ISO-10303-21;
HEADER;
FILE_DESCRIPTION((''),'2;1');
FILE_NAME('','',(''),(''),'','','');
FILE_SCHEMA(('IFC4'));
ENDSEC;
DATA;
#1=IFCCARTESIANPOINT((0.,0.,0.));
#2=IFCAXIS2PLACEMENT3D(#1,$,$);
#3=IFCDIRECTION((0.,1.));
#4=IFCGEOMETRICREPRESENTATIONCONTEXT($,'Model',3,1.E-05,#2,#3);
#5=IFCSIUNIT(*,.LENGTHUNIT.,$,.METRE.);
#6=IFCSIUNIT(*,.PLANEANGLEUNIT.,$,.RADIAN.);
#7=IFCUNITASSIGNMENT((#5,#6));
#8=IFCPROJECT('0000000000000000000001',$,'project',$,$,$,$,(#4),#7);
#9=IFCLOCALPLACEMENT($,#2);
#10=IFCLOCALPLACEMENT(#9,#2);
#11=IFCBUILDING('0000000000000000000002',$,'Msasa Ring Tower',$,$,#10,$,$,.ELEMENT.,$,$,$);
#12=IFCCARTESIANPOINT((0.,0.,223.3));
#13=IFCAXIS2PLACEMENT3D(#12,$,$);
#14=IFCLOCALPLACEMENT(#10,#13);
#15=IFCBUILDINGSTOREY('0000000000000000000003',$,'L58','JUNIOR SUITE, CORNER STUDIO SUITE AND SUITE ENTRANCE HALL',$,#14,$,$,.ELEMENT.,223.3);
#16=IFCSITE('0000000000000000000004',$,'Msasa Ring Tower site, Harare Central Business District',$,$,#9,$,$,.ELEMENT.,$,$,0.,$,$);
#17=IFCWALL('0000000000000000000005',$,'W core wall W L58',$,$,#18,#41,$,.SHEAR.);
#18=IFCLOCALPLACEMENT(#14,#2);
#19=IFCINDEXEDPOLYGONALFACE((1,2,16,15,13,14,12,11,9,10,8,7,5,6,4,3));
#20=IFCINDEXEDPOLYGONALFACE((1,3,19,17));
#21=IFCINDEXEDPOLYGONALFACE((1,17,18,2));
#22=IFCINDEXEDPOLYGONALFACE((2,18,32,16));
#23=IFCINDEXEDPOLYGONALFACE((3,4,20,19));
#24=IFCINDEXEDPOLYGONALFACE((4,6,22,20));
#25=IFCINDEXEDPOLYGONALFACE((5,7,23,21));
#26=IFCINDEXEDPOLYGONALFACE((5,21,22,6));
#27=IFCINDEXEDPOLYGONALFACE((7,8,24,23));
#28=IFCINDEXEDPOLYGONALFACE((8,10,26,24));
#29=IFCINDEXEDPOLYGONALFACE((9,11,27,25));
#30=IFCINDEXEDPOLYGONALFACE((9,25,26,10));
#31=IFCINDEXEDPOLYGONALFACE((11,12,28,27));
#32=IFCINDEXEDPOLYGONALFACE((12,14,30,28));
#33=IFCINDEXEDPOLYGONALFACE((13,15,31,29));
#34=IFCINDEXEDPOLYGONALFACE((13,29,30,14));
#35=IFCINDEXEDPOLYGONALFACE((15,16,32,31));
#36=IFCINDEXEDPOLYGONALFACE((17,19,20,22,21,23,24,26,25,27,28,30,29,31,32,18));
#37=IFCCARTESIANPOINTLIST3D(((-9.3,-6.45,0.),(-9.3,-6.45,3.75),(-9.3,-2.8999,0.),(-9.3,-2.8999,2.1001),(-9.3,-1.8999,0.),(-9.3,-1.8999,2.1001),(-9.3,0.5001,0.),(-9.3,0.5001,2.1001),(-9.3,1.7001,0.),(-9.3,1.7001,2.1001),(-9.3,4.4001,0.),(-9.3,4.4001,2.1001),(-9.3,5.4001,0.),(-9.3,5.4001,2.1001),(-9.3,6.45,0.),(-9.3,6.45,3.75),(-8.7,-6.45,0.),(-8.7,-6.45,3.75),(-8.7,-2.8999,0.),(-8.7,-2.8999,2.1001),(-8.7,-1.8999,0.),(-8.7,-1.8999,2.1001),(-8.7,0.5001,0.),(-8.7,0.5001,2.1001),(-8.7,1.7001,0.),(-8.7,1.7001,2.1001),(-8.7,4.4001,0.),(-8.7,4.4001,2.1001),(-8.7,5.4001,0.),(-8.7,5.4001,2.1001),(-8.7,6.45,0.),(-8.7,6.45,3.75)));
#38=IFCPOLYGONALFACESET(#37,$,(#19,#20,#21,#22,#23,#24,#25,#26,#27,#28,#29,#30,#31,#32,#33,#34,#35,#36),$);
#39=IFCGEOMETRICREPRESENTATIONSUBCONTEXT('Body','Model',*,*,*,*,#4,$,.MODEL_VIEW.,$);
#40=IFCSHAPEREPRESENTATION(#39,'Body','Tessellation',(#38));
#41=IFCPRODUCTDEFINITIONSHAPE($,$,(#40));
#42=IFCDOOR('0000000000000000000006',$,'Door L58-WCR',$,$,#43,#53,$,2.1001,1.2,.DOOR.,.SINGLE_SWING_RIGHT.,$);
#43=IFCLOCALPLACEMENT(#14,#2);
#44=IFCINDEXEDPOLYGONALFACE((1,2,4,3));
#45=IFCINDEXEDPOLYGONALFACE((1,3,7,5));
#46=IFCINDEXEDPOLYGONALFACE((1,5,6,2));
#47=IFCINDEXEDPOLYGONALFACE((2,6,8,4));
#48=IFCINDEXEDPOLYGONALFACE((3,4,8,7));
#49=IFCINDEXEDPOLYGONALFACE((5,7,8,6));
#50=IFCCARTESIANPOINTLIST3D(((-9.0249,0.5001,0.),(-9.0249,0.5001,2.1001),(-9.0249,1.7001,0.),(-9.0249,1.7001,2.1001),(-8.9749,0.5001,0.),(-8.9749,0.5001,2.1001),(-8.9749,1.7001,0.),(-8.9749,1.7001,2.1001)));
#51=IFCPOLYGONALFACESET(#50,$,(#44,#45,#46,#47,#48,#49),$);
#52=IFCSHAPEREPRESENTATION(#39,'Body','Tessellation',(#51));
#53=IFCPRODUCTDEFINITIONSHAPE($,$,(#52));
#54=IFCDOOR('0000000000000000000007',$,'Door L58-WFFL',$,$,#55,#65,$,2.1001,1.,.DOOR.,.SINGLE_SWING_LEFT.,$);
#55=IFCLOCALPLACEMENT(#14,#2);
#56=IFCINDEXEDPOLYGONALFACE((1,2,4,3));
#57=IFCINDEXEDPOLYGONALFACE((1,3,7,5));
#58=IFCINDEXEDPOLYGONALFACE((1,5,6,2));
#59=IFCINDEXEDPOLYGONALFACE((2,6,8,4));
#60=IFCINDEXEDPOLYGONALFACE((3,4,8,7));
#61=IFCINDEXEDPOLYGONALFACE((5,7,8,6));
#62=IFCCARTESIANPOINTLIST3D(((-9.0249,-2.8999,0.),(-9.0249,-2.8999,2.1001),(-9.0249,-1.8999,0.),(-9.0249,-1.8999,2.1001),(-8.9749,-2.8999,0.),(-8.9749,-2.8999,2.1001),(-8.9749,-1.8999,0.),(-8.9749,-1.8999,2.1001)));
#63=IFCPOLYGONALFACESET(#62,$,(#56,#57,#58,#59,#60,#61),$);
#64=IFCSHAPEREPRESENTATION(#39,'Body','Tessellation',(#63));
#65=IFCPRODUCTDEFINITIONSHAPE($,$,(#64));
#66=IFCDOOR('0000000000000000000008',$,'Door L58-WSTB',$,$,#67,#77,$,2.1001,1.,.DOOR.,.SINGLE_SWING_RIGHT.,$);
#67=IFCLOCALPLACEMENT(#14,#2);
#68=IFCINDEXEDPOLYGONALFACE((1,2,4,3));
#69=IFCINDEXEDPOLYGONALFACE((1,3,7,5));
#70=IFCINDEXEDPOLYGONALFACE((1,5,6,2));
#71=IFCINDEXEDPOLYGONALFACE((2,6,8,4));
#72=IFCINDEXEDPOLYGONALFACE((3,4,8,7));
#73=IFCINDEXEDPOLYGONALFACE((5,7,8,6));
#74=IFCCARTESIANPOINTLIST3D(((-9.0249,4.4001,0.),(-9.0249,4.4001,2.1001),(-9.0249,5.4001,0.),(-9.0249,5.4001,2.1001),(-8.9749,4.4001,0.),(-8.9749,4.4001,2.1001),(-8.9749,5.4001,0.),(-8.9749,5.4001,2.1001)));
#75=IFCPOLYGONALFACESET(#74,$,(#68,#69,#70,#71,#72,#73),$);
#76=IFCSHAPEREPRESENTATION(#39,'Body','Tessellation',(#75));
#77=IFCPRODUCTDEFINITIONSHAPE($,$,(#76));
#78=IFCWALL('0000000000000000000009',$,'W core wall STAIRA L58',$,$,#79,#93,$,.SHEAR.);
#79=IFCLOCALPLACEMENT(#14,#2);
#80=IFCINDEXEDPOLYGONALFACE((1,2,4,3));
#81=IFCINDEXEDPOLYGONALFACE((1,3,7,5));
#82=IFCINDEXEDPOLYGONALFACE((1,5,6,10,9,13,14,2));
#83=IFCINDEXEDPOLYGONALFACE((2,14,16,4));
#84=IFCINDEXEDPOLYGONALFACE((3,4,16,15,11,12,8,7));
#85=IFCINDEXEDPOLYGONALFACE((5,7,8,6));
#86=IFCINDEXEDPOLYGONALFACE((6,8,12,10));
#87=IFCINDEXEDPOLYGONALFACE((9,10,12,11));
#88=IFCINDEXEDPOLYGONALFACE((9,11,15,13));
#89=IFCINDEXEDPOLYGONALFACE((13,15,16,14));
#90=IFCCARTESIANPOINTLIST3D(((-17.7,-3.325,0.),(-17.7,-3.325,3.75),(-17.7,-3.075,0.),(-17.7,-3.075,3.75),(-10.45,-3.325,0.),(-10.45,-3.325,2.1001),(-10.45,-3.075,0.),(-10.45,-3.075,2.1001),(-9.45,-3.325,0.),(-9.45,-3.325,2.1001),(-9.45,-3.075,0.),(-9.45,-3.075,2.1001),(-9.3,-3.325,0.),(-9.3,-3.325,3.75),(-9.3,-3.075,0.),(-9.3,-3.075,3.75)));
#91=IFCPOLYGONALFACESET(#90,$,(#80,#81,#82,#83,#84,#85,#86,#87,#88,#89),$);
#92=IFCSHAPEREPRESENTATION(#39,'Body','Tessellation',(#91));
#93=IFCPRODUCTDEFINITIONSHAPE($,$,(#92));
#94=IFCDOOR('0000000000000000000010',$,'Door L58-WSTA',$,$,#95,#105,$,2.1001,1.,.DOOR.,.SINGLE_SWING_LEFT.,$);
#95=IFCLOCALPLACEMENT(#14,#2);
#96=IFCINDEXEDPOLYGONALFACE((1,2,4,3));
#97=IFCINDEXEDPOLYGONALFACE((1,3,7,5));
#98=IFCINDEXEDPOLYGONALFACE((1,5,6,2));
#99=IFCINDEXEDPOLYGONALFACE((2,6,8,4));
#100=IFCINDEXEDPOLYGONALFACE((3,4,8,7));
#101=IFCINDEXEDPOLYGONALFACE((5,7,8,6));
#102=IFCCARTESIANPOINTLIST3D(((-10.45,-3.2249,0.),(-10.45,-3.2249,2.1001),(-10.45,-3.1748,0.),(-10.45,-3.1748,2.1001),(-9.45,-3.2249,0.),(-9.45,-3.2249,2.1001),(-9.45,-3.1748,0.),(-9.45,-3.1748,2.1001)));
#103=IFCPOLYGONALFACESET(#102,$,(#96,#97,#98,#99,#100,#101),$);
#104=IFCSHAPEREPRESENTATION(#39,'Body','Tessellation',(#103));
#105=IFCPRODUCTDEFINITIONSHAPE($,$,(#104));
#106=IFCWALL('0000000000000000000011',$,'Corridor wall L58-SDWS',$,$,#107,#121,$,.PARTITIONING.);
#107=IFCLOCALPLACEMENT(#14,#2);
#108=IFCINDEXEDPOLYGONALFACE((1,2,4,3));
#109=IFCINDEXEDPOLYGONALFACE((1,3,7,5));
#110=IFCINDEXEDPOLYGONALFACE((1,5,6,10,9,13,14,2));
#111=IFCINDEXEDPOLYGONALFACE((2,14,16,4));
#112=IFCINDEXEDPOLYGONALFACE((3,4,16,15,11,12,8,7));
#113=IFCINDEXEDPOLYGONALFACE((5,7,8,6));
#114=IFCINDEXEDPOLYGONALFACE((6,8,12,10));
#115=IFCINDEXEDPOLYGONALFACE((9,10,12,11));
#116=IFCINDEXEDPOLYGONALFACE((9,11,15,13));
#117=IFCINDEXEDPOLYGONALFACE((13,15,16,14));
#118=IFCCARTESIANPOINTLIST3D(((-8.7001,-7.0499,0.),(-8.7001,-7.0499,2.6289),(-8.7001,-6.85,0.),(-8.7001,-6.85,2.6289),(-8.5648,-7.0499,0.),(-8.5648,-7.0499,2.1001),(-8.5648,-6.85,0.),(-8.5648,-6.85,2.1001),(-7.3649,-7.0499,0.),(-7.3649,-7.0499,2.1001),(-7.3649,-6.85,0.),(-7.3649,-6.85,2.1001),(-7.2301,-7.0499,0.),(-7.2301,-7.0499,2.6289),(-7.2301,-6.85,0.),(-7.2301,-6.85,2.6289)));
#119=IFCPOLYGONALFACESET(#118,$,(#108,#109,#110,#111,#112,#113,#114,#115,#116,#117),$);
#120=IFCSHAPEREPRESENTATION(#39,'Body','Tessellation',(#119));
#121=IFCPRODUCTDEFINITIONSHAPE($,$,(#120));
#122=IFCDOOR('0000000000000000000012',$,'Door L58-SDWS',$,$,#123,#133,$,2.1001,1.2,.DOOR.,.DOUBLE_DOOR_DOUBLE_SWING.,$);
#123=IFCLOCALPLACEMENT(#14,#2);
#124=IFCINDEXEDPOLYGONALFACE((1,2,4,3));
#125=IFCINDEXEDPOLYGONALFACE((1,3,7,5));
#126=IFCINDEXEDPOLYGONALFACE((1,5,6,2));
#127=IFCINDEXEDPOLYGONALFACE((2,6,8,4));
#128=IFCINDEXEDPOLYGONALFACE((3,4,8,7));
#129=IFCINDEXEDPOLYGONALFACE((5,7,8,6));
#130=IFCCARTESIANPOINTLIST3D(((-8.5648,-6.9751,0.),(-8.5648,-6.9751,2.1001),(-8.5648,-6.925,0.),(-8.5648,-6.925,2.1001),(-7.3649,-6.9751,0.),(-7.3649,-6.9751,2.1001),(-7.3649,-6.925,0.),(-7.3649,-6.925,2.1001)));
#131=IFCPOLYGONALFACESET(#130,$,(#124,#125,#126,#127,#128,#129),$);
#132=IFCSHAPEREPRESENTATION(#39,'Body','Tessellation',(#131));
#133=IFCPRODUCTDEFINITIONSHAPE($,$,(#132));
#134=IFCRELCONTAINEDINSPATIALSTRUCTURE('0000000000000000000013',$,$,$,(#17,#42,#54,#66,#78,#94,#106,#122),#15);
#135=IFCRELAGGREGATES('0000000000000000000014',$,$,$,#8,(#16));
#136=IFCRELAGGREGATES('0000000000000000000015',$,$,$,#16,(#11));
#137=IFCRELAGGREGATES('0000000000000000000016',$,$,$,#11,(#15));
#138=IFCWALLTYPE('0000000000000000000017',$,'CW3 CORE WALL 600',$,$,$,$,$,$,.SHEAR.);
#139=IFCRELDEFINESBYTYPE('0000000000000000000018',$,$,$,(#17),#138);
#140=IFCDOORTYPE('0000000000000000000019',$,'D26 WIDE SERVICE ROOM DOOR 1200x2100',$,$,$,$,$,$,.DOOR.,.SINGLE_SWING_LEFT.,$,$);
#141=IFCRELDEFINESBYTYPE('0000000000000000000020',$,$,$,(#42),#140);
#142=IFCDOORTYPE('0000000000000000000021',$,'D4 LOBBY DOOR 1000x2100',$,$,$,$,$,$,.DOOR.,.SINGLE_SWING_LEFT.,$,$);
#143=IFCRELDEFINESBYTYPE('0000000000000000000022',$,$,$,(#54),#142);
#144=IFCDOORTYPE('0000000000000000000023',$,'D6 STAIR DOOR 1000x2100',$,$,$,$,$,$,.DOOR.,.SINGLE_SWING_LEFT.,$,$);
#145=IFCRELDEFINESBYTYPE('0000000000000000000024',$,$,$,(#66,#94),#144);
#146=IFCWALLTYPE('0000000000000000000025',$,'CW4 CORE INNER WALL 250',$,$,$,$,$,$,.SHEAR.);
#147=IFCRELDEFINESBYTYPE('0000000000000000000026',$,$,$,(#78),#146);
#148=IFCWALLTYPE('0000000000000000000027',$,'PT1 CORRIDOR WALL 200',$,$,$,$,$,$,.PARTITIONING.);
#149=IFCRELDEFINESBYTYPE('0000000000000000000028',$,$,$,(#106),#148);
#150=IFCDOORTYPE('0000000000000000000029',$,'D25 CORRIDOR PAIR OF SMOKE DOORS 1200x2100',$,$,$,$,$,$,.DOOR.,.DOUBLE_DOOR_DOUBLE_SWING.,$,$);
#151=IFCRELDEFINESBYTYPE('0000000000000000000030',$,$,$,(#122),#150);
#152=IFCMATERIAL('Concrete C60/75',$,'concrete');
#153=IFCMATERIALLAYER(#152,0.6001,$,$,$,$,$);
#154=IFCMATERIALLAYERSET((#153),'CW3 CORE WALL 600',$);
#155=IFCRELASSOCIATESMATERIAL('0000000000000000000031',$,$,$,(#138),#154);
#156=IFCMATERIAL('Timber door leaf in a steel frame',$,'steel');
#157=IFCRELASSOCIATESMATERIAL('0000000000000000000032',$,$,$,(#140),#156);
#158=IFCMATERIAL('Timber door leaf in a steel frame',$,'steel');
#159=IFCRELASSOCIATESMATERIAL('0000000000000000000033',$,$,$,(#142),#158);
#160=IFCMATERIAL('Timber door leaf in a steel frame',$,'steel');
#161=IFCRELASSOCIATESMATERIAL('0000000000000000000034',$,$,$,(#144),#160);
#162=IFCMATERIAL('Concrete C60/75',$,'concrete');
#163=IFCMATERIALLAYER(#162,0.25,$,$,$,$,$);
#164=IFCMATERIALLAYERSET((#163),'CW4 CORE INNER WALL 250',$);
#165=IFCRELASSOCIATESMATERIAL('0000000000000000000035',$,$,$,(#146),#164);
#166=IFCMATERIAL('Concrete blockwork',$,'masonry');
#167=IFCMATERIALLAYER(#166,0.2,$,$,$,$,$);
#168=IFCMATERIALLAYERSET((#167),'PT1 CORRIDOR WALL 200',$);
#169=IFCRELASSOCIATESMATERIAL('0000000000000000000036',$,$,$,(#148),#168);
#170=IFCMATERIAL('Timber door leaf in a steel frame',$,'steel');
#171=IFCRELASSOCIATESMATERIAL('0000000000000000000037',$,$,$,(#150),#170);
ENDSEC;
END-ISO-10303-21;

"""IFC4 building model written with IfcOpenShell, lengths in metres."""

from ifc_helpers import new_model, si_unit, direction, frame, frame_2d, origin, place, context, subcontext, project, spatial, rectangle, extrude, material, layer, layer_set, type_object, element, fill, save


model = new_model("IFC4")

# Units and contexts
model_context = context("Model", 3, precision=1e-05, world=origin(), true_north=direction((0.0, 1.0)))
body_context = subcontext(model_context, "Body", "Model", "MODEL_VIEW")
ifc_project = project(units=[si_unit("LENGTHUNIT", "METRE"), si_unit("PLANEANGLEUNIT", "RADIAN")], contexts=[model_context])

# Site, building, storey
site_placement = place(None, origin())
site = spatial("IfcSite", under=ifc_project, at=site_placement, Name="Msasa Ring Tower site, Harare Central Business District", CompositionType="ELEMENT", RefElevation=0.0)
building_placement = place(site_placement, origin())
building = spatial("IfcBuilding", under=site, at=building_placement, Name="Msasa Ring Tower", CompositionType="ELEMENT")
storey_placement = place(building_placement, frame((0.0, 0.0, 223.3)))
storey = spatial("IfcBuildingStorey", under=building, at=storey_placement, Name="L58", Description="JUNIOR SUITE, CORNER STUDIO SUITE AND SUITE ENTRANCE HALL", CompositionType="ELEMENT", Elevation=223.3)

# Shared definitions
ifc_material_1 = material(Name="Concrete C60/75", Category="concrete")
ifc_layer_1 = layer(ifc_material_1, 0.6001)
ifc_layer_set_1 = layer_set([ifc_layer_1], Name="CW3 CORE WALL 600")
wall_type_1 = type_object("IfcWallType", Name="CW3 CORE WALL 600", PredefinedType="SHEAR", material=ifc_layer_set_1)

# Wall, openings, doors
wall_1_placement = place(storey_placement, frame((-9.0, -6.45, 0.0), z_axis=(0.0, 0.0, 1.0), x_axis=(0.0, 1.0, 0.0)))
wall_1 = element("IfcWall", 1, at=wall_1_placement, inside=storey, type_object=wall_type_1, Name="W core wall W L58", PredefinedType="SHEAR", context=body_context, shape_type="SweptSolid", body=[
    extrude(rectangle(XDim=12.8999, YDim=0.6001, at=frame_2d((6.45, 0.0))), origin(), (0.0, 0.0, 1.0), 3.75),
])
opening_1_placement = place(wall_1_placement, frame((3.55, 0.0, 0.0)))
opening_1 = element("IfcOpeningElement", 2, at=opening_1_placement, cuts=wall_1, PredefinedType="OPENING", context=body_context, shape_type="SweptSolid", body=[
    extrude(rectangle(XDim=1.0, YDim=2.1001, at=frame_2d((0.5, 1.05))), frame((0.0, 0.3101, 0.0), z_axis=(0.0, -1.0, 0.0), x_axis=(1.0, 0.0, 0.0)), (0.0, 0.0, 1.0), 0.6201),
])
opening_2_placement = place(wall_1_placement, frame((6.95, 0.0, 0.0)))
opening_2 = element("IfcOpeningElement", 3, at=opening_2_placement, cuts=wall_1, PredefinedType="OPENING", context=body_context, shape_type="SweptSolid", body=[
    extrude(rectangle(XDim=1.2, YDim=2.1001, at=frame_2d((0.6001, 1.05))), frame((0.0, 0.3101, 0.0), z_axis=(0.0, -1.0, 0.0), x_axis=(1.0, 0.0, 0.0)), (0.0, 0.0, 1.0), 0.6201),
])
opening_3_placement = place(wall_1_placement, frame((10.8501, 0.0, 0.0)))
opening_3 = element("IfcOpeningElement", 4, at=opening_3_placement, cuts=wall_1, PredefinedType="OPENING", context=body_context, shape_type="SweptSolid", body=[
    extrude(rectangle(XDim=1.0, YDim=2.1001, at=frame_2d((0.5, 1.05))), frame((0.0, 0.3101, 0.0), z_axis=(0.0, -1.0, 0.0), x_axis=(1.0, 0.0, 0.0)), (0.0, 0.0, 1.0), 0.6201),
])
ifc_material_2 = material(Name="Timber door leaf in a steel frame", Category="steel")
door_type_1 = type_object("IfcDoorType", Name="D26 WIDE SERVICE ROOM DOOR 1200x2100", OperationType="SINGLE_SWING_LEFT", PredefinedType="DOOR", material=ifc_material_2)
door_1_placement = place(opening_2_placement, origin())
door_1 = element("IfcDoor", 5, at=door_1_placement, inside=storey, type_object=door_type_1, Name="Door L58-WCR", OperationType="SINGLE_SWING_RIGHT", OverallHeight=2.1001, OverallWidth=1.2, PredefinedType="DOOR", context=body_context, shape_type="SweptSolid", body=[
    extrude(rectangle(XDim=1.2, YDim=2.1001, at=frame_2d((0.6001, 1.05))), frame((0.0, 0.0249, 0.0), z_axis=(0.0, -1.0, 0.0), x_axis=(1.0, 0.0, 0.0)), (0.0, 0.0, 1.0), 0.05),
])
fill(opening_2, door_1)
ifc_material_3 = material(Name="Timber door leaf in a steel frame", Category="steel")
door_type_2 = type_object("IfcDoorType", Name="D4 LOBBY DOOR 1000x2100", OperationType="SINGLE_SWING_LEFT", PredefinedType="DOOR", material=ifc_material_3)
door_2_placement = place(opening_1_placement, origin())
door_2 = element("IfcDoor", 6, at=door_2_placement, inside=storey, type_object=door_type_2, Name="Door L58-WFFL", OperationType="SINGLE_SWING_LEFT", OverallHeight=2.1001, OverallWidth=1.0, PredefinedType="DOOR", context=body_context, shape_type="SweptSolid", body=[
    extrude(rectangle(XDim=1.0, YDim=2.1001, at=frame_2d((0.5, 1.05))), frame((0.0, 0.0249, 0.0), z_axis=(0.0, -1.0, 0.0), x_axis=(1.0, 0.0, 0.0)), (0.0, 0.0, 1.0), 0.05),
])
fill(opening_1, door_2)
ifc_material_4 = material(Name="Timber door leaf in a steel frame", Category="steel")
door_type_3 = type_object("IfcDoorType", Name="D6 STAIR DOOR 1000x2100", OperationType="SINGLE_SWING_LEFT", PredefinedType="DOOR", material=ifc_material_4)
door_3_placement = place(opening_3_placement, origin())
door_3 = element("IfcDoor", 7, at=door_3_placement, inside=storey, type_object=door_type_3, Name="Door L58-WSTB", OperationType="SINGLE_SWING_RIGHT", OverallHeight=2.1001, OverallWidth=1.0, PredefinedType="DOOR", context=body_context, shape_type="SweptSolid", body=[
    extrude(rectangle(XDim=1.0, YDim=2.1001, at=frame_2d((0.5, 1.05))), frame((0.0, 0.0249, 0.0), z_axis=(0.0, -1.0, 0.0), x_axis=(1.0, 0.0, 0.0)), (0.0, 0.0, 1.0), 0.05),
])
fill(opening_3, door_3)

# Walls, openings, doors
ifc_material_5 = material(Name="Concrete C60/75", Category="concrete")
ifc_layer_2 = layer(ifc_material_5, 0.25)
ifc_layer_set_2 = layer_set([ifc_layer_2], Name="CW4 CORE INNER WALL 250")
wall_type_2 = type_object("IfcWallType", Name="CW4 CORE INNER WALL 250", PredefinedType="SHEAR", material=ifc_layer_set_2)
wall_2_placement = place(storey_placement, frame((-9.3, -3.2, 0.0), z_axis=(0.0, 0.0, 1.0), x_axis=(-1.0, 0.0, 0.0)))
wall_2 = element("IfcWall", 8, at=wall_2_placement, inside=storey, type_object=wall_type_2, Name="W core wall STAIRA L58", PredefinedType="SHEAR", context=body_context, shape_type="SweptSolid", body=[
    extrude(rectangle(XDim=8.3999, YDim=0.25, at=frame_2d((4.2, 0.0))), origin(), (0.0, 0.0, 1.0), 3.75),
])
opening_4_placement = place(wall_2_placement, frame((0.1499, 0.0, 0.0)))
opening_4 = element("IfcOpeningElement", 9, at=opening_4_placement, cuts=wall_2, PredefinedType="OPENING", context=body_context, shape_type="SweptSolid", body=[
    extrude(rectangle(XDim=1.0, YDim=2.1001, at=frame_2d((0.5, 1.05))), frame((0.0, 0.135, 0.0), z_axis=(0.0, -1.0, 0.0), x_axis=(1.0, 0.0, 0.0)), (0.0, 0.0, 1.0), 0.27),
])
door_4_placement = place(opening_4_placement, origin())
door_4 = element("IfcDoor", 10, at=door_4_placement, inside=storey, type_object=door_type_3, Name="Door L58-WSTA", OperationType="SINGLE_SWING_LEFT", OverallHeight=2.1001, OverallWidth=1.0, PredefinedType="DOOR", context=body_context, shape_type="SweptSolid", body=[
    extrude(rectangle(XDim=1.0, YDim=2.1001, at=frame_2d((0.5, 1.05))), frame((0.0, 0.0249, 0.0), z_axis=(0.0, -1.0, 0.0), x_axis=(1.0, 0.0, 0.0)), (0.0, 0.0, 1.0), 0.05),
])
fill(opening_4, door_4)
ifc_material_6 = material(Name="Concrete blockwork", Category="masonry")
ifc_layer_3 = layer(ifc_material_6, 0.2)
ifc_layer_set_3 = layer_set([ifc_layer_3], Name="PT1 CORRIDOR WALL 200")
wall_type_3 = type_object("IfcWallType", Name="PT1 CORRIDOR WALL 200", PredefinedType="PARTITIONING", material=ifc_layer_set_3)
wall_3_placement = place(storey_placement, frame((-8.7, -6.95, 0.0), z_axis=(0.0, 0.0, 1.0), x_axis=(1.0, 0.0, 0.0)))
wall_3 = element("IfcWall", 11, at=wall_3_placement, inside=storey, type_object=wall_type_3, Name="Corridor wall L58-SDWS", PredefinedType="PARTITIONING", context=body_context, shape_type="SweptSolid", body=[
    extrude(rectangle(XDim=1.47, YDim=0.2, at=frame_2d((0.7349, 0.0))), origin(), (0.0, 0.0, 1.0), 2.6289),
])
opening_5_placement = place(wall_3_placement, frame((0.135, 0.0, 0.0)))
opening_5 = element("IfcOpeningElement", 12, at=opening_5_placement, cuts=wall_3, PredefinedType="OPENING", context=body_context, shape_type="SweptSolid", body=[
    extrude(rectangle(XDim=1.2, YDim=2.1001, at=frame_2d((0.6001, 1.05))), frame((0.0, 0.1099, 0.0), z_axis=(0.0, -1.0, 0.0), x_axis=(1.0, 0.0, 0.0)), (0.0, 0.0, 1.0), 0.22),
])
ifc_material_7 = material(Name="Timber door leaf in a steel frame", Category="steel")
door_type_4 = type_object("IfcDoorType", Name="D25 CORRIDOR PAIR OF SMOKE DOORS 1200x2100", OperationType="DOUBLE_DOOR_DOUBLE_SWING", PredefinedType="DOOR", material=ifc_material_7)
door_5_placement = place(opening_5_placement, origin())
door_5 = element("IfcDoor", 13, at=door_5_placement, inside=storey, type_object=door_type_4, Name="Door L58-SDWS", OperationType="DOUBLE_DOOR_DOUBLE_SWING", OverallHeight=2.1001, OverallWidth=1.2, PredefinedType="DOOR", context=body_context, shape_type="SweptSolid", body=[
    extrude(rectangle(XDim=1.2, YDim=2.1001, at=frame_2d((0.6001, 1.05))), frame((0.0, 0.0249, 0.0), z_axis=(0.0, -1.0, 0.0), x_axis=(1.0, 0.0, 0.0)), (0.0, 0.0, 1.0), 0.05),
])
fill(opening_5, door_5)

save(model, "model.ifc")
